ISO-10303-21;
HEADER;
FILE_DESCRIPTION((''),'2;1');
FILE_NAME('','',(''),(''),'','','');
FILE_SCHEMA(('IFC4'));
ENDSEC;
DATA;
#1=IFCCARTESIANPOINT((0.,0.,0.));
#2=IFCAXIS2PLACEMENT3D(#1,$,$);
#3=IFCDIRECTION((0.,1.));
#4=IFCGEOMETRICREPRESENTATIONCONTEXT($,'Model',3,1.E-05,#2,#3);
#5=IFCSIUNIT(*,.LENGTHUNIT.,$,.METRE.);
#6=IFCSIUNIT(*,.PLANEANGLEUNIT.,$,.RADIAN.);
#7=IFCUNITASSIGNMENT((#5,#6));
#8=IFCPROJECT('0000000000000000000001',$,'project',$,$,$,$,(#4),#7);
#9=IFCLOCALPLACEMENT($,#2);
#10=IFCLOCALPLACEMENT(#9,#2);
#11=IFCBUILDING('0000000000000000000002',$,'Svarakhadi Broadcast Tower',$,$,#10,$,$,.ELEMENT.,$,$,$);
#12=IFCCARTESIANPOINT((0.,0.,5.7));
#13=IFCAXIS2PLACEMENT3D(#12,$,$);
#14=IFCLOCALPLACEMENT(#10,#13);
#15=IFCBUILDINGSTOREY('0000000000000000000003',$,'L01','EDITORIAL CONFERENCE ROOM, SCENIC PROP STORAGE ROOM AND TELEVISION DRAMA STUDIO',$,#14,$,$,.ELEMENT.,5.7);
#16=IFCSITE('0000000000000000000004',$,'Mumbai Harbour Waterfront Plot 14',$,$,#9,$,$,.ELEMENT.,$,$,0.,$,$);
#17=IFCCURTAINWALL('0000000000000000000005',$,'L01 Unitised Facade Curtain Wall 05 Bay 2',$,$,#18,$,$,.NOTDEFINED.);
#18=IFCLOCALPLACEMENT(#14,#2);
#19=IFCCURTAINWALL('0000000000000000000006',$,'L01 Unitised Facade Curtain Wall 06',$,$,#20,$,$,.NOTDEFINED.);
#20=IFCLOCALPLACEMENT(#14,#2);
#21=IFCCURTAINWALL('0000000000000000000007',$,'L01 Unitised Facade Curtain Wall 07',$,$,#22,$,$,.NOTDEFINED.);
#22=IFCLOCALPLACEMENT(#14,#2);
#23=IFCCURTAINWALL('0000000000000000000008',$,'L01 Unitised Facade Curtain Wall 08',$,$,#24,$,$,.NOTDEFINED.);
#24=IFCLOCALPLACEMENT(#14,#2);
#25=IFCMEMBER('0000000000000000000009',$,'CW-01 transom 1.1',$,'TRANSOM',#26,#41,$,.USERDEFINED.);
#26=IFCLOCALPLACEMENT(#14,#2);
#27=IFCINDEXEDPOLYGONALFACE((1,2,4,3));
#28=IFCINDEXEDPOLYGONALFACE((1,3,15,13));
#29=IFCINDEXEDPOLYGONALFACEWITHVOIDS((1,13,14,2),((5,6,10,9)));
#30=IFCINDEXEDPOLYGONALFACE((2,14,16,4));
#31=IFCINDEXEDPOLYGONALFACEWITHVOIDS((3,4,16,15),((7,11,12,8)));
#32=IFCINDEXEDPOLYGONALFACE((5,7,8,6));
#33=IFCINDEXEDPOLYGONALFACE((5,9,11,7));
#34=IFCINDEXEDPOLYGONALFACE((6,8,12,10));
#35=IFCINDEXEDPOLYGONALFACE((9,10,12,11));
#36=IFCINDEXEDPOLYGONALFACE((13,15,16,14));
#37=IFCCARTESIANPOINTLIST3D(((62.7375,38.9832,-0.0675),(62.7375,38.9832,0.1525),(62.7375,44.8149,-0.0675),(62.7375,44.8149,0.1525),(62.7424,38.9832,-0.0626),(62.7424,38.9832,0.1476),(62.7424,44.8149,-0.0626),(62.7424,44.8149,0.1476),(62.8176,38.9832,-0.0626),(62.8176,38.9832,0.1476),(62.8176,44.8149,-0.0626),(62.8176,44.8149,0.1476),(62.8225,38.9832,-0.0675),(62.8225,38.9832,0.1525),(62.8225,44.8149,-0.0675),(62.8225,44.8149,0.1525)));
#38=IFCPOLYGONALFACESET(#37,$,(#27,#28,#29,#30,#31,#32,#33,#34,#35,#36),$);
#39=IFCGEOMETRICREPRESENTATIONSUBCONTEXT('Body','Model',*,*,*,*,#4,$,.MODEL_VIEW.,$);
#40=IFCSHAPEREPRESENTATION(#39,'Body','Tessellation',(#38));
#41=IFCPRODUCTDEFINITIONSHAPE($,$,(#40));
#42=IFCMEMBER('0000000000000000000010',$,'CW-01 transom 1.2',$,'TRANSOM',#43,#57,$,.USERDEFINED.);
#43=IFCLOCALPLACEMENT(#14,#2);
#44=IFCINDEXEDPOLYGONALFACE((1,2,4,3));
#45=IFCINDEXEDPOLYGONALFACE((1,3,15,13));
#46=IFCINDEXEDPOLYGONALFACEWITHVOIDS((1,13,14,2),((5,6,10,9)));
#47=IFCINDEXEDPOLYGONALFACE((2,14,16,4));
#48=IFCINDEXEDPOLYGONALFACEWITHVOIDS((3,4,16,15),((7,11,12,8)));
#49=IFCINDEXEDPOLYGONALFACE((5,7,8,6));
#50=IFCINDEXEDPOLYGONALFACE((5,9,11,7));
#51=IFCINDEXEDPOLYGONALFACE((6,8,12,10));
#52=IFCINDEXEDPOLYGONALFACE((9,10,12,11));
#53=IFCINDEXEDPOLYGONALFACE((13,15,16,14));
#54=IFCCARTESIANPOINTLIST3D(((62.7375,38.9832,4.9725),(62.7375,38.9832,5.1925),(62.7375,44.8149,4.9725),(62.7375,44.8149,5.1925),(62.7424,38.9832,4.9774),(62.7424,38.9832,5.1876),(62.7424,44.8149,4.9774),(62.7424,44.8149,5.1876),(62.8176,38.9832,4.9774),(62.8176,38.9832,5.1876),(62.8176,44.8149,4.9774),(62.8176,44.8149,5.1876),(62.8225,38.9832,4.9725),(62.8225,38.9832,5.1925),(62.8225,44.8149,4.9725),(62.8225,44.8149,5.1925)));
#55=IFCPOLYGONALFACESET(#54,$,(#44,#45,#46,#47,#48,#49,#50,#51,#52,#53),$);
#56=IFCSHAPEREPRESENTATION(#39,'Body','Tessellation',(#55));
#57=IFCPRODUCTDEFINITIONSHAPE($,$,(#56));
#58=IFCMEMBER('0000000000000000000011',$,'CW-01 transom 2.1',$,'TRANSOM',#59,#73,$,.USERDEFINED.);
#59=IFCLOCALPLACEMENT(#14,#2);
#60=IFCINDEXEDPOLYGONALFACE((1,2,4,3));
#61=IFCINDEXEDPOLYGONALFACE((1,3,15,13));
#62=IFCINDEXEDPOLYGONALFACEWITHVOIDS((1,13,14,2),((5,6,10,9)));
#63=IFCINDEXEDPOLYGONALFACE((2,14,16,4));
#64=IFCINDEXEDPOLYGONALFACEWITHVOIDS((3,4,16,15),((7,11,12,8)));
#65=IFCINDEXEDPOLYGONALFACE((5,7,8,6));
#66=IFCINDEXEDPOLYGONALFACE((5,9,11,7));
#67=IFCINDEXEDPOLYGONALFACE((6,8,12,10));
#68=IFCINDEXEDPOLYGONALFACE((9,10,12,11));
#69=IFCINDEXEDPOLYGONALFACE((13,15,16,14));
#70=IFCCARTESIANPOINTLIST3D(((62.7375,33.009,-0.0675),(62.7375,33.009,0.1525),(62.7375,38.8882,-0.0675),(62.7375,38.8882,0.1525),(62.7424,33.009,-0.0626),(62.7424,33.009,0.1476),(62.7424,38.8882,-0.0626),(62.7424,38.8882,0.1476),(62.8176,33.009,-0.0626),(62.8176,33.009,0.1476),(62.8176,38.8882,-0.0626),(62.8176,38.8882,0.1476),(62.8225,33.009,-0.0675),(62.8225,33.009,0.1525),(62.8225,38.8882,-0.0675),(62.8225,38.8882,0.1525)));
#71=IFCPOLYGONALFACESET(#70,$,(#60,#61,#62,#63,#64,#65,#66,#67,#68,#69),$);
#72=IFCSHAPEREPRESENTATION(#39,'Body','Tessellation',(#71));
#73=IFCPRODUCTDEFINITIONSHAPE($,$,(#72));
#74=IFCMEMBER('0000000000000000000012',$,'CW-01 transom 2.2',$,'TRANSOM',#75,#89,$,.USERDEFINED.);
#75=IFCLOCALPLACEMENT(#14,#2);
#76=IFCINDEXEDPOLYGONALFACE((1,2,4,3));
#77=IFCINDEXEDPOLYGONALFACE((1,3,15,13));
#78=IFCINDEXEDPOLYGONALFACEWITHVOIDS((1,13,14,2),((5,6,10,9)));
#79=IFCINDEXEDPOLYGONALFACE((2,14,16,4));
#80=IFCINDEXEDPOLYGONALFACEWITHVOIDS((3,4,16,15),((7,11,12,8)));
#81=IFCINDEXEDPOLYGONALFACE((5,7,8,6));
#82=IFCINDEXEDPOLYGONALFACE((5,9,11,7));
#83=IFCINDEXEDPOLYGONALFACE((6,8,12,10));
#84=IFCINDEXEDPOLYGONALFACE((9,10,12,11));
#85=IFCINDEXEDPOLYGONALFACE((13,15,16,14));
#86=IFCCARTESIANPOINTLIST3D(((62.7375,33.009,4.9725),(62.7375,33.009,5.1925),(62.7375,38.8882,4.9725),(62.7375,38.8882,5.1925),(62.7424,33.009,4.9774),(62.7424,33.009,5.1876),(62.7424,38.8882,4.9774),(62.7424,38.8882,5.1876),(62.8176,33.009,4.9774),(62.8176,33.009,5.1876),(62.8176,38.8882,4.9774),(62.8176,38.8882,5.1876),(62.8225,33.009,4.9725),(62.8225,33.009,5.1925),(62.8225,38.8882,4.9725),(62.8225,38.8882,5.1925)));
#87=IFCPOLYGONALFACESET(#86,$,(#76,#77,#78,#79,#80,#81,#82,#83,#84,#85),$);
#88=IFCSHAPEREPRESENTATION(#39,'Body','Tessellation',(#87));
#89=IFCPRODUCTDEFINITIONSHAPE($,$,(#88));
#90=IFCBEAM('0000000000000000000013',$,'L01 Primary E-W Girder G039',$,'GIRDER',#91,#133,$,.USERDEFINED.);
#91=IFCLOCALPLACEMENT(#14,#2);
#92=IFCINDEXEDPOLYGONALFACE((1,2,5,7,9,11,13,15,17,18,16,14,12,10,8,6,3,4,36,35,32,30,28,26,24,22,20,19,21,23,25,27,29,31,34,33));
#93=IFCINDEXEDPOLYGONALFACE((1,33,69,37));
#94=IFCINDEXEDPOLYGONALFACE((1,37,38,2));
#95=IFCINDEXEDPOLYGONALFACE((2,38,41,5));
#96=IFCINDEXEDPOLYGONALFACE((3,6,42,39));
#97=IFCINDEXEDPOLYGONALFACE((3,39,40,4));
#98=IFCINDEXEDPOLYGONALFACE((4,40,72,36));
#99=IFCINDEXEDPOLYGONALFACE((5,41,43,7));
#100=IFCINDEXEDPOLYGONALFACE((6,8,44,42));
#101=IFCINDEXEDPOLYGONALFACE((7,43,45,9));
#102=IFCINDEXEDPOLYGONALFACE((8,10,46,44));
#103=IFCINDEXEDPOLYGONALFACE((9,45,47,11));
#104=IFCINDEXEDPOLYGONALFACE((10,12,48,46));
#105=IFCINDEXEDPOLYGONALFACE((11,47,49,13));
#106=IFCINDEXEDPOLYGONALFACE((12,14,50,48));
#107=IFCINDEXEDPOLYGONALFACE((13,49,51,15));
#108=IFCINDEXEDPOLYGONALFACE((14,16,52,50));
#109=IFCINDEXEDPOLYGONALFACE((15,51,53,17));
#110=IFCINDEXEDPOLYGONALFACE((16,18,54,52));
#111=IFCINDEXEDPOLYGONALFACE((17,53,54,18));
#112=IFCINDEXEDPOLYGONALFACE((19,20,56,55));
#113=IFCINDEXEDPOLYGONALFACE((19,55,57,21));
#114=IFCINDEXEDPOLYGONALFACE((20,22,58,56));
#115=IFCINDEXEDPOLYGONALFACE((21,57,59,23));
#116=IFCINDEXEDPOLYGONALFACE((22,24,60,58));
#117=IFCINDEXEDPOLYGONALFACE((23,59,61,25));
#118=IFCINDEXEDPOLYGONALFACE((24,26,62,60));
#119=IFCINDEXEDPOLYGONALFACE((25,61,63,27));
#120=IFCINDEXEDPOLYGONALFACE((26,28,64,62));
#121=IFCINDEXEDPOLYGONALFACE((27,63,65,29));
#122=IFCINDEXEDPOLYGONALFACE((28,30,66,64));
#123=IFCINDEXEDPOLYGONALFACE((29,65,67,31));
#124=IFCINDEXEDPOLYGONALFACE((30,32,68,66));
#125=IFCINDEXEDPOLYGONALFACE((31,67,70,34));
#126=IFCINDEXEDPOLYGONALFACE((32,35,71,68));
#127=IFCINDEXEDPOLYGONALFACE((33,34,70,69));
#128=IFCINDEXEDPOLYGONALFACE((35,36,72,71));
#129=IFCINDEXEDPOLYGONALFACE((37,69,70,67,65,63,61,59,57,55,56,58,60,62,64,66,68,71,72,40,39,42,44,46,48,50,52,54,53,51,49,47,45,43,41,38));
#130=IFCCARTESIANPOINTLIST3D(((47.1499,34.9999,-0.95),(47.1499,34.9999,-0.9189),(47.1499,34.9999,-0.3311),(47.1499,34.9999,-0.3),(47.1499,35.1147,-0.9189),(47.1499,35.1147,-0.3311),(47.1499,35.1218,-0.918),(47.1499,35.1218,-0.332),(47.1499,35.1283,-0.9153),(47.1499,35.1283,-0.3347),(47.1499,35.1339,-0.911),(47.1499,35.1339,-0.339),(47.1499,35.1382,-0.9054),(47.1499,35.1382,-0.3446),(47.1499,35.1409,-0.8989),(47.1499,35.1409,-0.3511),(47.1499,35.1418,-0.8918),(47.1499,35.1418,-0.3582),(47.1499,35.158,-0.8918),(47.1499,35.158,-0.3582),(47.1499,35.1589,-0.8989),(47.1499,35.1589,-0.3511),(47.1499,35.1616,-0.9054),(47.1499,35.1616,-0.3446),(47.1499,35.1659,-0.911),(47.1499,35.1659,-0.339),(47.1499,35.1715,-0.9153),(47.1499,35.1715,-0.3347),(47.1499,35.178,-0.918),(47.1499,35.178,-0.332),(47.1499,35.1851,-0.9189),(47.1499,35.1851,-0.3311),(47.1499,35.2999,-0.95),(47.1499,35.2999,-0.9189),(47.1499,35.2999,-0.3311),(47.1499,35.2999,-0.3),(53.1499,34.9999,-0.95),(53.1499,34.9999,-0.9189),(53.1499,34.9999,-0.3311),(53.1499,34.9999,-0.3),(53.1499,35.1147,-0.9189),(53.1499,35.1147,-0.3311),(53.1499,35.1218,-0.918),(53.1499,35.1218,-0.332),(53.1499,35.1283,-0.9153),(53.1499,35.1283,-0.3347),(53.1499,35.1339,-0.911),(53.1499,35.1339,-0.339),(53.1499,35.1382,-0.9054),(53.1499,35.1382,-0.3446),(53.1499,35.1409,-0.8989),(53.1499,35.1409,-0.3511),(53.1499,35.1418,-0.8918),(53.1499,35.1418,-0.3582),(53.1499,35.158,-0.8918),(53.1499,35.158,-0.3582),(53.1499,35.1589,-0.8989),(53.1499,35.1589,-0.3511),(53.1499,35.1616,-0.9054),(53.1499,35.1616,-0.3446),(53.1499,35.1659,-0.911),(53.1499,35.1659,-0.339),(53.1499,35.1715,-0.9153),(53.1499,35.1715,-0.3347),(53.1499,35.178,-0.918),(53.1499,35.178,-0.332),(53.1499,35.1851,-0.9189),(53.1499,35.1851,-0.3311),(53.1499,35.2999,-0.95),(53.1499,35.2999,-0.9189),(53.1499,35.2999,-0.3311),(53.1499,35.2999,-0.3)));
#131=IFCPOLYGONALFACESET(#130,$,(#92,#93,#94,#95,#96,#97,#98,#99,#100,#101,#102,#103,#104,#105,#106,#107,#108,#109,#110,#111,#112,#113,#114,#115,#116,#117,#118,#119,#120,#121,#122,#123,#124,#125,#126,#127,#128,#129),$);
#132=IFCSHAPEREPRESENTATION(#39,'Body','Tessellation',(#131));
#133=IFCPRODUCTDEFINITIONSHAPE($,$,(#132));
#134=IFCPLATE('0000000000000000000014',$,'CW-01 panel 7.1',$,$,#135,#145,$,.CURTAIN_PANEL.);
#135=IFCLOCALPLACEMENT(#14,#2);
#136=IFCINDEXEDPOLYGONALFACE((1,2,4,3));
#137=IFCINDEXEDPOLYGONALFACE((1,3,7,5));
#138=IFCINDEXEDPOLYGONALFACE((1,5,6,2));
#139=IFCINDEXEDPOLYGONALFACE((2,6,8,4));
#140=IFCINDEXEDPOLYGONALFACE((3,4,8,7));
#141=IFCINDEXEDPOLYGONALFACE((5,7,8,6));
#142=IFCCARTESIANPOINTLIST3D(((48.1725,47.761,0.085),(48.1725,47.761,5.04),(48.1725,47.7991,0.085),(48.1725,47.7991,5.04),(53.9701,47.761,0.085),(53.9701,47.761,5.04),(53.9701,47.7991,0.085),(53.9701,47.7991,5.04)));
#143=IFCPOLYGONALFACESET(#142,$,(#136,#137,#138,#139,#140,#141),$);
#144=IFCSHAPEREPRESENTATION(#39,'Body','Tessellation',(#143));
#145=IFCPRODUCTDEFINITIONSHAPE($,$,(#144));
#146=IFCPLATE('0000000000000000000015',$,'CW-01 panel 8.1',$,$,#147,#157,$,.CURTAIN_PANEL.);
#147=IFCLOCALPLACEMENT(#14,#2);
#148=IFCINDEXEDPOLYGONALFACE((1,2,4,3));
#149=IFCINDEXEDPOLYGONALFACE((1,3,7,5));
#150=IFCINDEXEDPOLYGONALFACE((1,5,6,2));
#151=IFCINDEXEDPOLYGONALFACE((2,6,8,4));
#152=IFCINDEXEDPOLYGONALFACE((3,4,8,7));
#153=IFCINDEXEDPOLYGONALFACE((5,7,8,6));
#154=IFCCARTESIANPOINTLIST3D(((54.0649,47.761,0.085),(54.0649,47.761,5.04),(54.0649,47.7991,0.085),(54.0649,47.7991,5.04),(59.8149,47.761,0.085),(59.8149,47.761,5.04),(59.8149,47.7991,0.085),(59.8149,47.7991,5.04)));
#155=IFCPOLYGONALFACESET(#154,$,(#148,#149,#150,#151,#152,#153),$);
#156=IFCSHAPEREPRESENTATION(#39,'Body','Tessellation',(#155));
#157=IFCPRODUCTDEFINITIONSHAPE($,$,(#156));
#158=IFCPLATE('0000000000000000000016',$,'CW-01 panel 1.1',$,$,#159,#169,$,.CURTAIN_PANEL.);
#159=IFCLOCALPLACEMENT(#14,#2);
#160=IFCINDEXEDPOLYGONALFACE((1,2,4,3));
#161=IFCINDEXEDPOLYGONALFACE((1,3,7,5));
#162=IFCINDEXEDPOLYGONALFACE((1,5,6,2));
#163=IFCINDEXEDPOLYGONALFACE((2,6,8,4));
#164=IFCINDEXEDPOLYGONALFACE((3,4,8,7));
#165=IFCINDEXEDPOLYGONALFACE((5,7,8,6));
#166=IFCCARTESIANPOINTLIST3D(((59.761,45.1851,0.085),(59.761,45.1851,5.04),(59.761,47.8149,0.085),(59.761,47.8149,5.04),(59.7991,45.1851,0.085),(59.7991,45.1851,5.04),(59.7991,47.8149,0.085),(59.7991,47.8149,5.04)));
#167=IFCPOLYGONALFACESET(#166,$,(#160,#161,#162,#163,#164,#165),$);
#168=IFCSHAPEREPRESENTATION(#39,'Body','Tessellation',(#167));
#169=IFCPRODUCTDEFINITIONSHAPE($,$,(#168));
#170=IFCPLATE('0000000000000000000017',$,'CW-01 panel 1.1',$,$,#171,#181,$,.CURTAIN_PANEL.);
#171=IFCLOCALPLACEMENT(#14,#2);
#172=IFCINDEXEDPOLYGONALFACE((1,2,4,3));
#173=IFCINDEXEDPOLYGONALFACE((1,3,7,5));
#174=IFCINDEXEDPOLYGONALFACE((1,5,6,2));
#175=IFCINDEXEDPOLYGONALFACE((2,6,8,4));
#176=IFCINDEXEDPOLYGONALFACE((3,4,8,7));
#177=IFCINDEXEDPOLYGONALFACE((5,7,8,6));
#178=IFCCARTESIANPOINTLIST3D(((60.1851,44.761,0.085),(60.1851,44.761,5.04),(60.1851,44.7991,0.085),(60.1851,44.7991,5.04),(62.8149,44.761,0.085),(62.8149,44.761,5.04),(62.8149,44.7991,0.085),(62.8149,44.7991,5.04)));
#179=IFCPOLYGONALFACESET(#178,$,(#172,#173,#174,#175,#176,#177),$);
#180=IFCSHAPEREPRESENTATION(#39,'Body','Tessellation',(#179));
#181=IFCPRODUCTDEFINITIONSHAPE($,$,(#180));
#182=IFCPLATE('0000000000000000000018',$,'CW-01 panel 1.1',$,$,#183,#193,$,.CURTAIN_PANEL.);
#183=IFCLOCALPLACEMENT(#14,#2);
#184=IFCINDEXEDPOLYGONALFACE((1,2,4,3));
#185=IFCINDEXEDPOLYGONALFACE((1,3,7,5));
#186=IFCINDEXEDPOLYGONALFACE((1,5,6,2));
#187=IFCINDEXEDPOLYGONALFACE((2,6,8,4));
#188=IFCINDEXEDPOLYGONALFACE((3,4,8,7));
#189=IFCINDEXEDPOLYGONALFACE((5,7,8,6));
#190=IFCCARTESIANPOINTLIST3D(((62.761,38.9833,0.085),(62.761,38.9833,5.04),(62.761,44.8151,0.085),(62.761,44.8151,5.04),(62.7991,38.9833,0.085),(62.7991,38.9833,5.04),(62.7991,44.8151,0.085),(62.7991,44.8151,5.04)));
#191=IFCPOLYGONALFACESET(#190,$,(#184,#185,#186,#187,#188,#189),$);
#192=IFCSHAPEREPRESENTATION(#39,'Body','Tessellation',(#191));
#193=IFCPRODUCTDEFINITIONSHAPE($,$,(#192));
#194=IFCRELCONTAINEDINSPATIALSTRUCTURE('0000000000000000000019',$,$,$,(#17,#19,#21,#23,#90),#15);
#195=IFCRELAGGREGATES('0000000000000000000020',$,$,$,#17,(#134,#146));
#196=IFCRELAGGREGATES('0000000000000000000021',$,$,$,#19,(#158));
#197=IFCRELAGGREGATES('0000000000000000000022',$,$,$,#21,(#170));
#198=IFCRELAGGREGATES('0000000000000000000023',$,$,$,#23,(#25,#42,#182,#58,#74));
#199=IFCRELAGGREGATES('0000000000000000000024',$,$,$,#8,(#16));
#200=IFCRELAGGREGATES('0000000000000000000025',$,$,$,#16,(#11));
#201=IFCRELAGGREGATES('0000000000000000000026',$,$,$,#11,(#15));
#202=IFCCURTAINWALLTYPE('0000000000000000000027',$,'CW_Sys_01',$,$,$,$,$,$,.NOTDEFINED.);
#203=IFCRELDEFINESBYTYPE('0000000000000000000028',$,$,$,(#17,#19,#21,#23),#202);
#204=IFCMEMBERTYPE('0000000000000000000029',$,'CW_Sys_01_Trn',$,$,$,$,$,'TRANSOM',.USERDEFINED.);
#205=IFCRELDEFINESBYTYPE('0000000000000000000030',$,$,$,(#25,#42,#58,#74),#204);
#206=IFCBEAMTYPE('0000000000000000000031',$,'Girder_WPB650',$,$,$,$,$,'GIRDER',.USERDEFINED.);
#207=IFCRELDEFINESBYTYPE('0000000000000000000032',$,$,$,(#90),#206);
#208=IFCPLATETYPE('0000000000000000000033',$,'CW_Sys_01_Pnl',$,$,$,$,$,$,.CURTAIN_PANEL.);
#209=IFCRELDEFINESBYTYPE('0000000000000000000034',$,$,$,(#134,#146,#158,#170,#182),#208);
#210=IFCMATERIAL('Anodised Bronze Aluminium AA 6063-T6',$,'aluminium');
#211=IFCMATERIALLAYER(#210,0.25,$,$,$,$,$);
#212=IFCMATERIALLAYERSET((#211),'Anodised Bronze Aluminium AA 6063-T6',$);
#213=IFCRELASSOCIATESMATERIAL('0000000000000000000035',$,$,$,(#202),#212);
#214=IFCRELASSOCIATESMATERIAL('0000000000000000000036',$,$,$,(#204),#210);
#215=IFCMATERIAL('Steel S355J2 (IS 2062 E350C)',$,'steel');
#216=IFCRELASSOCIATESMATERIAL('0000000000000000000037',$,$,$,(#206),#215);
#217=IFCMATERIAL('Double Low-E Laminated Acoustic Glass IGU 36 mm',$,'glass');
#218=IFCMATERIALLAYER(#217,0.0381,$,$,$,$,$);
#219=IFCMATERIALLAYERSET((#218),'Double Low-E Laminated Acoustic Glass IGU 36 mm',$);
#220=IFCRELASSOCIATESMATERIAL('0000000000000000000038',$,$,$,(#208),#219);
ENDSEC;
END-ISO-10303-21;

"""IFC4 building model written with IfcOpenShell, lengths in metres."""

from ifc_helpers import new_model, si_unit, direction, frame, origin, origin_2d, place, context, subcontext, project, spatial, rectangle, hollow_rectangle, i_section, extrude, material, layer, layer_set, material_profile, profile_set, type_object, element, aggregate, save


model = new_model("IFC4")

# Units and contexts
model_context = context("Model", 3, precision=1e-05, world=origin(), true_north=direction((0.0, 1.0)))
body_context = subcontext(model_context, "Body", "Model", "MODEL_VIEW")
ifc_project = project(units=[si_unit("LENGTHUNIT", "METRE"), si_unit("PLANEANGLEUNIT", "RADIAN")], contexts=[model_context])

# Site, building, storey
site_placement = place(None, origin())
site = spatial("IfcSite", under=ifc_project, at=site_placement, Name="Mumbai Harbour Waterfront Plot 14", CompositionType="ELEMENT", RefElevation=0.0)
building_placement = place(site_placement, origin())
building = spatial("IfcBuilding", under=site, at=building_placement, Name="Svarakhadi Broadcast Tower", CompositionType="ELEMENT")
storey_placement = place(building_placement, frame((0.0, 0.0, 5.7)))
storey = spatial("IfcBuildingStorey", under=building, at=storey_placement, Name="L01", Description="EDITORIAL CONFERENCE ROOM, SCENIC PROP STORAGE ROOM AND TELEVISION DRAMA STUDIO", CompositionType="ELEMENT", Elevation=5.7)

# Curtain walls
ifc_material_1 = material(Name="Anodised Bronze Aluminium AA 6063-T6", Category="aluminium")
ifc_layer_1 = layer(ifc_material_1, 0.25)
ifc_layer_set_1 = layer_set([ifc_layer_1], Name="Anodised Bronze Aluminium AA 6063-T6")
curtain_wall_type = type_object("IfcCurtainWallType", Name="CW_Sys_01", PredefinedType="NOTDEFINED", material=ifc_layer_set_1)
curtain_wall_1_placement = place(storey_placement, origin())
curtain_wall_1 = element("IfcCurtainWall", 1, at=curtain_wall_1_placement, inside=storey, type_object=curtain_wall_type, Name="L01 Unitised Facade Curtain Wall 05 Bay 2", PredefinedType="NOTDEFINED")
curtain_wall_2_placement = place(storey_placement, origin())
curtain_wall_2 = element("IfcCurtainWall", 2, at=curtain_wall_2_placement, inside=storey, type_object=curtain_wall_type, Name="L01 Unitised Facade Curtain Wall 06", PredefinedType="NOTDEFINED")
curtain_wall_3_placement = place(storey_placement, origin())
curtain_wall_3 = element("IfcCurtainWall", 3, at=curtain_wall_3_placement, inside=storey, type_object=curtain_wall_type, Name="L01 Unitised Facade Curtain Wall 07", PredefinedType="NOTDEFINED")
curtain_wall_4_placement = place(storey_placement, origin())
curtain_wall_4 = element("IfcCurtainWall", 4, at=curtain_wall_4_placement, inside=storey, type_object=curtain_wall_type, Name="L01 Unitised Facade Curtain Wall 08", PredefinedType="NOTDEFINED")

# Members
ifc_material_profile_1 = material_profile(ifc_material_1, hollow_rectangle(XDim=0.085, YDim=0.22, WallThickness=0.0049, at=origin_2d()), Name="ALU TRANSOM 220x85x5")
ifc_profile_set_1 = profile_set([ifc_material_profile_1], Name="Anodised Bronze Aluminium AA 6063-T6")
member_type_1 = type_object("IfcMemberType", Name="CW_Sys_01_Trn", ElementType="TRANSOM", PredefinedType="USERDEFINED", material=ifc_profile_set_1)
member_1_placement = place(storey_placement, frame((62.78, 44.8149, 0.0425), z_axis=(0.0, -1.0, 0.0), x_axis=(1.0, 0.0, 0.0)))
member_1 = element("IfcMember", 5, at=member_1_placement, type_object=member_type_1, Name="CW-01 transom 1.1", ObjectType="TRANSOM", PredefinedType="USERDEFINED", context=body_context, shape_type="SweptSolid", body=[
    extrude(hollow_rectangle(XDim=0.085, YDim=0.22, WallThickness=0.0049, at=origin_2d()), origin(), (0.0, 0.0, 1.0), 5.8318),
])
member_2_placement = place(storey_placement, frame((62.78, 44.8149, 5.0825), z_axis=(0.0, -1.0, 0.0), x_axis=(1.0, 0.0, 0.0)))
member_2 = element("IfcMember", 6, at=member_2_placement, type_object=member_type_1, Name="CW-01 transom 1.2", ObjectType="TRANSOM", PredefinedType="USERDEFINED", context=body_context, shape_type="SweptSolid", body=[
    extrude(hollow_rectangle(XDim=0.085, YDim=0.22, WallThickness=0.0049, at=origin_2d()), origin(), (0.0, 0.0, 1.0), 5.8318),
])
member_3_placement = place(storey_placement, frame((62.78, 38.8882, 0.0425), z_axis=(0.0, -1.0, 0.0), x_axis=(1.0, 0.0, 0.0)))
member_3 = element("IfcMember", 7, at=member_3_placement, type_object=member_type_1, Name="CW-01 transom 2.1", ObjectType="TRANSOM", PredefinedType="USERDEFINED", context=body_context, shape_type="SweptSolid", body=[
    extrude(hollow_rectangle(XDim=0.085, YDim=0.22, WallThickness=0.0049, at=origin_2d()), origin(), (0.0, 0.0, 1.0), 5.8792),
])
member_4_placement = place(storey_placement, frame((62.78, 38.8882, 5.0825), z_axis=(0.0, -1.0, 0.0), x_axis=(1.0, 0.0, 0.0)))
member_4 = element("IfcMember", 8, at=member_4_placement, type_object=member_type_1, Name="CW-01 transom 2.2", ObjectType="TRANSOM", PredefinedType="USERDEFINED", context=body_context, shape_type="SweptSolid", body=[
    extrude(hollow_rectangle(XDim=0.085, YDim=0.22, WallThickness=0.0049, at=origin_2d()), origin(), (0.0, 0.0, 1.0), 5.8792),
])

# Beam
ifc_material_2 = material(Name="Steel S355J2 (IS 2062 E350C)", Category="steel")
ifc_material_profile_2 = material_profile(ifc_material_2, i_section(OverallWidth=0.3, OverallDepth=0.6499, WebThickness=0.0161, FlangeThickness=0.031, FilletRadius=0.0271, at=origin_2d()), Name="WPB 650x300x225")
ifc_profile_set_2 = profile_set([ifc_material_profile_2], Name="Steel S355J2 (IS 2062 E350C)")
beam_type = type_object("IfcBeamType", Name="Girder_WPB650", ElementType="GIRDER", PredefinedType="USERDEFINED", material=ifc_profile_set_2)
beam_placement = place(storey_placement, frame((47.1499, 35.1499, -0.625), z_axis=(1.0, 0.0, 0.0), x_axis=(0.0, 1.0, 0.0)))
element("IfcBeam", 9, at=beam_placement, inside=storey, type_object=beam_type, Name="L01 Primary E-W Girder G039", ObjectType="GIRDER", PredefinedType="USERDEFINED", context=body_context, shape_type="SweptSolid", body=[
    extrude(i_section(OverallWidth=0.3, OverallDepth=0.6499, WebThickness=0.0161, FlangeThickness=0.031, FilletRadius=0.0271, at=origin_2d()), origin(), (0.0, 0.0, 1.0), 6.0),
])

# Plates
ifc_material_3 = material(Name="Double Low-E Laminated Acoustic Glass IGU 36 mm", Category="glass")
ifc_layer_2 = layer(ifc_material_3, 0.0381)
ifc_layer_set_2 = layer_set([ifc_layer_2], Name="Double Low-E Laminated Acoustic Glass IGU 36 mm")
plate_type = type_object("IfcPlateType", Name="CW_Sys_01_Pnl", PredefinedType="CURTAIN_PANEL", material=ifc_layer_set_2)
plate_1_placement = place(storey_placement, frame((51.0713, 47.78, 0.085), z_axis=(0.0, 0.0, 1.0), x_axis=(1.0, 0.0, 0.0)))
plate_1 = element("IfcPlate", 10, at=plate_1_placement, type_object=plate_type, Name="CW-01 panel 7.1", PredefinedType="CURTAIN_PANEL", context=body_context, shape_type="SweptSolid", body=[
    extrude(rectangle(XDim=5.7976, YDim=0.0381, at=origin_2d()), origin(), (0.0, 0.0, 1.0), 4.9551),
])
plate_2_placement = place(storey_placement, frame((56.9399, 47.78, 0.085), z_axis=(0.0, 0.0, 1.0), x_axis=(1.0, 0.0, 0.0)))
plate_2 = element("IfcPlate", 11, at=plate_2_placement, type_object=plate_type, Name="CW-01 panel 8.1", PredefinedType="CURTAIN_PANEL", context=body_context, shape_type="SweptSolid", body=[
    extrude(rectangle(XDim=5.75, YDim=0.0381, at=origin_2d()), origin(), (0.0, 0.0, 1.0), 4.9551),
])
aggregate(curtain_wall_1, [plate_1, plate_2])
plate_3_placement = place(storey_placement, frame((59.78, 46.5, 0.085), z_axis=(0.0, 0.0, 1.0), x_axis=(0.0, -1.0, 0.0)))
plate_3 = element("IfcPlate", 12, at=plate_3_placement, type_object=plate_type, Name="CW-01 panel 1.1", PredefinedType="CURTAIN_PANEL", context=body_context, shape_type="SweptSolid", body=[
    extrude(rectangle(XDim=2.6299, YDim=0.0381, at=origin_2d()), origin(), (0.0, 0.0, 1.0), 4.9551),
])
aggregate(curtain_wall_2, [plate_3])
plate_4_placement = place(storey_placement, frame((61.5, 44.78, 0.085), z_axis=(0.0, 0.0, 1.0), x_axis=(1.0, 0.0, 0.0)))
plate_4 = element("IfcPlate", 13, at=plate_4_placement, type_object=plate_type, Name="CW-01 panel 1.1", PredefinedType="CURTAIN_PANEL", context=body_context, shape_type="SweptSolid", body=[
    extrude(rectangle(XDim=2.6299, YDim=0.0381, at=origin_2d()), origin(), (0.0, 0.0, 1.0), 4.9551),
])
aggregate(curtain_wall_3, [plate_4])
plate_5_placement = place(storey_placement, frame((62.78, 41.8992, 0.085), z_axis=(0.0, 0.0, 1.0), x_axis=(0.0, -1.0, 0.0)))
plate_5 = element("IfcPlate", 14, at=plate_5_placement, type_object=plate_type, Name="CW-01 panel 1.1", PredefinedType="CURTAIN_PANEL", context=body_context, shape_type="SweptSolid", body=[
    extrude(rectangle(XDim=5.8318, YDim=0.0381, at=origin_2d()), origin(), (0.0, 0.0, 1.0), 4.9551),
])
aggregate(curtain_wall_4, [member_1, member_2, plate_5, member_3, member_4])

save(model, "model.ifc")
